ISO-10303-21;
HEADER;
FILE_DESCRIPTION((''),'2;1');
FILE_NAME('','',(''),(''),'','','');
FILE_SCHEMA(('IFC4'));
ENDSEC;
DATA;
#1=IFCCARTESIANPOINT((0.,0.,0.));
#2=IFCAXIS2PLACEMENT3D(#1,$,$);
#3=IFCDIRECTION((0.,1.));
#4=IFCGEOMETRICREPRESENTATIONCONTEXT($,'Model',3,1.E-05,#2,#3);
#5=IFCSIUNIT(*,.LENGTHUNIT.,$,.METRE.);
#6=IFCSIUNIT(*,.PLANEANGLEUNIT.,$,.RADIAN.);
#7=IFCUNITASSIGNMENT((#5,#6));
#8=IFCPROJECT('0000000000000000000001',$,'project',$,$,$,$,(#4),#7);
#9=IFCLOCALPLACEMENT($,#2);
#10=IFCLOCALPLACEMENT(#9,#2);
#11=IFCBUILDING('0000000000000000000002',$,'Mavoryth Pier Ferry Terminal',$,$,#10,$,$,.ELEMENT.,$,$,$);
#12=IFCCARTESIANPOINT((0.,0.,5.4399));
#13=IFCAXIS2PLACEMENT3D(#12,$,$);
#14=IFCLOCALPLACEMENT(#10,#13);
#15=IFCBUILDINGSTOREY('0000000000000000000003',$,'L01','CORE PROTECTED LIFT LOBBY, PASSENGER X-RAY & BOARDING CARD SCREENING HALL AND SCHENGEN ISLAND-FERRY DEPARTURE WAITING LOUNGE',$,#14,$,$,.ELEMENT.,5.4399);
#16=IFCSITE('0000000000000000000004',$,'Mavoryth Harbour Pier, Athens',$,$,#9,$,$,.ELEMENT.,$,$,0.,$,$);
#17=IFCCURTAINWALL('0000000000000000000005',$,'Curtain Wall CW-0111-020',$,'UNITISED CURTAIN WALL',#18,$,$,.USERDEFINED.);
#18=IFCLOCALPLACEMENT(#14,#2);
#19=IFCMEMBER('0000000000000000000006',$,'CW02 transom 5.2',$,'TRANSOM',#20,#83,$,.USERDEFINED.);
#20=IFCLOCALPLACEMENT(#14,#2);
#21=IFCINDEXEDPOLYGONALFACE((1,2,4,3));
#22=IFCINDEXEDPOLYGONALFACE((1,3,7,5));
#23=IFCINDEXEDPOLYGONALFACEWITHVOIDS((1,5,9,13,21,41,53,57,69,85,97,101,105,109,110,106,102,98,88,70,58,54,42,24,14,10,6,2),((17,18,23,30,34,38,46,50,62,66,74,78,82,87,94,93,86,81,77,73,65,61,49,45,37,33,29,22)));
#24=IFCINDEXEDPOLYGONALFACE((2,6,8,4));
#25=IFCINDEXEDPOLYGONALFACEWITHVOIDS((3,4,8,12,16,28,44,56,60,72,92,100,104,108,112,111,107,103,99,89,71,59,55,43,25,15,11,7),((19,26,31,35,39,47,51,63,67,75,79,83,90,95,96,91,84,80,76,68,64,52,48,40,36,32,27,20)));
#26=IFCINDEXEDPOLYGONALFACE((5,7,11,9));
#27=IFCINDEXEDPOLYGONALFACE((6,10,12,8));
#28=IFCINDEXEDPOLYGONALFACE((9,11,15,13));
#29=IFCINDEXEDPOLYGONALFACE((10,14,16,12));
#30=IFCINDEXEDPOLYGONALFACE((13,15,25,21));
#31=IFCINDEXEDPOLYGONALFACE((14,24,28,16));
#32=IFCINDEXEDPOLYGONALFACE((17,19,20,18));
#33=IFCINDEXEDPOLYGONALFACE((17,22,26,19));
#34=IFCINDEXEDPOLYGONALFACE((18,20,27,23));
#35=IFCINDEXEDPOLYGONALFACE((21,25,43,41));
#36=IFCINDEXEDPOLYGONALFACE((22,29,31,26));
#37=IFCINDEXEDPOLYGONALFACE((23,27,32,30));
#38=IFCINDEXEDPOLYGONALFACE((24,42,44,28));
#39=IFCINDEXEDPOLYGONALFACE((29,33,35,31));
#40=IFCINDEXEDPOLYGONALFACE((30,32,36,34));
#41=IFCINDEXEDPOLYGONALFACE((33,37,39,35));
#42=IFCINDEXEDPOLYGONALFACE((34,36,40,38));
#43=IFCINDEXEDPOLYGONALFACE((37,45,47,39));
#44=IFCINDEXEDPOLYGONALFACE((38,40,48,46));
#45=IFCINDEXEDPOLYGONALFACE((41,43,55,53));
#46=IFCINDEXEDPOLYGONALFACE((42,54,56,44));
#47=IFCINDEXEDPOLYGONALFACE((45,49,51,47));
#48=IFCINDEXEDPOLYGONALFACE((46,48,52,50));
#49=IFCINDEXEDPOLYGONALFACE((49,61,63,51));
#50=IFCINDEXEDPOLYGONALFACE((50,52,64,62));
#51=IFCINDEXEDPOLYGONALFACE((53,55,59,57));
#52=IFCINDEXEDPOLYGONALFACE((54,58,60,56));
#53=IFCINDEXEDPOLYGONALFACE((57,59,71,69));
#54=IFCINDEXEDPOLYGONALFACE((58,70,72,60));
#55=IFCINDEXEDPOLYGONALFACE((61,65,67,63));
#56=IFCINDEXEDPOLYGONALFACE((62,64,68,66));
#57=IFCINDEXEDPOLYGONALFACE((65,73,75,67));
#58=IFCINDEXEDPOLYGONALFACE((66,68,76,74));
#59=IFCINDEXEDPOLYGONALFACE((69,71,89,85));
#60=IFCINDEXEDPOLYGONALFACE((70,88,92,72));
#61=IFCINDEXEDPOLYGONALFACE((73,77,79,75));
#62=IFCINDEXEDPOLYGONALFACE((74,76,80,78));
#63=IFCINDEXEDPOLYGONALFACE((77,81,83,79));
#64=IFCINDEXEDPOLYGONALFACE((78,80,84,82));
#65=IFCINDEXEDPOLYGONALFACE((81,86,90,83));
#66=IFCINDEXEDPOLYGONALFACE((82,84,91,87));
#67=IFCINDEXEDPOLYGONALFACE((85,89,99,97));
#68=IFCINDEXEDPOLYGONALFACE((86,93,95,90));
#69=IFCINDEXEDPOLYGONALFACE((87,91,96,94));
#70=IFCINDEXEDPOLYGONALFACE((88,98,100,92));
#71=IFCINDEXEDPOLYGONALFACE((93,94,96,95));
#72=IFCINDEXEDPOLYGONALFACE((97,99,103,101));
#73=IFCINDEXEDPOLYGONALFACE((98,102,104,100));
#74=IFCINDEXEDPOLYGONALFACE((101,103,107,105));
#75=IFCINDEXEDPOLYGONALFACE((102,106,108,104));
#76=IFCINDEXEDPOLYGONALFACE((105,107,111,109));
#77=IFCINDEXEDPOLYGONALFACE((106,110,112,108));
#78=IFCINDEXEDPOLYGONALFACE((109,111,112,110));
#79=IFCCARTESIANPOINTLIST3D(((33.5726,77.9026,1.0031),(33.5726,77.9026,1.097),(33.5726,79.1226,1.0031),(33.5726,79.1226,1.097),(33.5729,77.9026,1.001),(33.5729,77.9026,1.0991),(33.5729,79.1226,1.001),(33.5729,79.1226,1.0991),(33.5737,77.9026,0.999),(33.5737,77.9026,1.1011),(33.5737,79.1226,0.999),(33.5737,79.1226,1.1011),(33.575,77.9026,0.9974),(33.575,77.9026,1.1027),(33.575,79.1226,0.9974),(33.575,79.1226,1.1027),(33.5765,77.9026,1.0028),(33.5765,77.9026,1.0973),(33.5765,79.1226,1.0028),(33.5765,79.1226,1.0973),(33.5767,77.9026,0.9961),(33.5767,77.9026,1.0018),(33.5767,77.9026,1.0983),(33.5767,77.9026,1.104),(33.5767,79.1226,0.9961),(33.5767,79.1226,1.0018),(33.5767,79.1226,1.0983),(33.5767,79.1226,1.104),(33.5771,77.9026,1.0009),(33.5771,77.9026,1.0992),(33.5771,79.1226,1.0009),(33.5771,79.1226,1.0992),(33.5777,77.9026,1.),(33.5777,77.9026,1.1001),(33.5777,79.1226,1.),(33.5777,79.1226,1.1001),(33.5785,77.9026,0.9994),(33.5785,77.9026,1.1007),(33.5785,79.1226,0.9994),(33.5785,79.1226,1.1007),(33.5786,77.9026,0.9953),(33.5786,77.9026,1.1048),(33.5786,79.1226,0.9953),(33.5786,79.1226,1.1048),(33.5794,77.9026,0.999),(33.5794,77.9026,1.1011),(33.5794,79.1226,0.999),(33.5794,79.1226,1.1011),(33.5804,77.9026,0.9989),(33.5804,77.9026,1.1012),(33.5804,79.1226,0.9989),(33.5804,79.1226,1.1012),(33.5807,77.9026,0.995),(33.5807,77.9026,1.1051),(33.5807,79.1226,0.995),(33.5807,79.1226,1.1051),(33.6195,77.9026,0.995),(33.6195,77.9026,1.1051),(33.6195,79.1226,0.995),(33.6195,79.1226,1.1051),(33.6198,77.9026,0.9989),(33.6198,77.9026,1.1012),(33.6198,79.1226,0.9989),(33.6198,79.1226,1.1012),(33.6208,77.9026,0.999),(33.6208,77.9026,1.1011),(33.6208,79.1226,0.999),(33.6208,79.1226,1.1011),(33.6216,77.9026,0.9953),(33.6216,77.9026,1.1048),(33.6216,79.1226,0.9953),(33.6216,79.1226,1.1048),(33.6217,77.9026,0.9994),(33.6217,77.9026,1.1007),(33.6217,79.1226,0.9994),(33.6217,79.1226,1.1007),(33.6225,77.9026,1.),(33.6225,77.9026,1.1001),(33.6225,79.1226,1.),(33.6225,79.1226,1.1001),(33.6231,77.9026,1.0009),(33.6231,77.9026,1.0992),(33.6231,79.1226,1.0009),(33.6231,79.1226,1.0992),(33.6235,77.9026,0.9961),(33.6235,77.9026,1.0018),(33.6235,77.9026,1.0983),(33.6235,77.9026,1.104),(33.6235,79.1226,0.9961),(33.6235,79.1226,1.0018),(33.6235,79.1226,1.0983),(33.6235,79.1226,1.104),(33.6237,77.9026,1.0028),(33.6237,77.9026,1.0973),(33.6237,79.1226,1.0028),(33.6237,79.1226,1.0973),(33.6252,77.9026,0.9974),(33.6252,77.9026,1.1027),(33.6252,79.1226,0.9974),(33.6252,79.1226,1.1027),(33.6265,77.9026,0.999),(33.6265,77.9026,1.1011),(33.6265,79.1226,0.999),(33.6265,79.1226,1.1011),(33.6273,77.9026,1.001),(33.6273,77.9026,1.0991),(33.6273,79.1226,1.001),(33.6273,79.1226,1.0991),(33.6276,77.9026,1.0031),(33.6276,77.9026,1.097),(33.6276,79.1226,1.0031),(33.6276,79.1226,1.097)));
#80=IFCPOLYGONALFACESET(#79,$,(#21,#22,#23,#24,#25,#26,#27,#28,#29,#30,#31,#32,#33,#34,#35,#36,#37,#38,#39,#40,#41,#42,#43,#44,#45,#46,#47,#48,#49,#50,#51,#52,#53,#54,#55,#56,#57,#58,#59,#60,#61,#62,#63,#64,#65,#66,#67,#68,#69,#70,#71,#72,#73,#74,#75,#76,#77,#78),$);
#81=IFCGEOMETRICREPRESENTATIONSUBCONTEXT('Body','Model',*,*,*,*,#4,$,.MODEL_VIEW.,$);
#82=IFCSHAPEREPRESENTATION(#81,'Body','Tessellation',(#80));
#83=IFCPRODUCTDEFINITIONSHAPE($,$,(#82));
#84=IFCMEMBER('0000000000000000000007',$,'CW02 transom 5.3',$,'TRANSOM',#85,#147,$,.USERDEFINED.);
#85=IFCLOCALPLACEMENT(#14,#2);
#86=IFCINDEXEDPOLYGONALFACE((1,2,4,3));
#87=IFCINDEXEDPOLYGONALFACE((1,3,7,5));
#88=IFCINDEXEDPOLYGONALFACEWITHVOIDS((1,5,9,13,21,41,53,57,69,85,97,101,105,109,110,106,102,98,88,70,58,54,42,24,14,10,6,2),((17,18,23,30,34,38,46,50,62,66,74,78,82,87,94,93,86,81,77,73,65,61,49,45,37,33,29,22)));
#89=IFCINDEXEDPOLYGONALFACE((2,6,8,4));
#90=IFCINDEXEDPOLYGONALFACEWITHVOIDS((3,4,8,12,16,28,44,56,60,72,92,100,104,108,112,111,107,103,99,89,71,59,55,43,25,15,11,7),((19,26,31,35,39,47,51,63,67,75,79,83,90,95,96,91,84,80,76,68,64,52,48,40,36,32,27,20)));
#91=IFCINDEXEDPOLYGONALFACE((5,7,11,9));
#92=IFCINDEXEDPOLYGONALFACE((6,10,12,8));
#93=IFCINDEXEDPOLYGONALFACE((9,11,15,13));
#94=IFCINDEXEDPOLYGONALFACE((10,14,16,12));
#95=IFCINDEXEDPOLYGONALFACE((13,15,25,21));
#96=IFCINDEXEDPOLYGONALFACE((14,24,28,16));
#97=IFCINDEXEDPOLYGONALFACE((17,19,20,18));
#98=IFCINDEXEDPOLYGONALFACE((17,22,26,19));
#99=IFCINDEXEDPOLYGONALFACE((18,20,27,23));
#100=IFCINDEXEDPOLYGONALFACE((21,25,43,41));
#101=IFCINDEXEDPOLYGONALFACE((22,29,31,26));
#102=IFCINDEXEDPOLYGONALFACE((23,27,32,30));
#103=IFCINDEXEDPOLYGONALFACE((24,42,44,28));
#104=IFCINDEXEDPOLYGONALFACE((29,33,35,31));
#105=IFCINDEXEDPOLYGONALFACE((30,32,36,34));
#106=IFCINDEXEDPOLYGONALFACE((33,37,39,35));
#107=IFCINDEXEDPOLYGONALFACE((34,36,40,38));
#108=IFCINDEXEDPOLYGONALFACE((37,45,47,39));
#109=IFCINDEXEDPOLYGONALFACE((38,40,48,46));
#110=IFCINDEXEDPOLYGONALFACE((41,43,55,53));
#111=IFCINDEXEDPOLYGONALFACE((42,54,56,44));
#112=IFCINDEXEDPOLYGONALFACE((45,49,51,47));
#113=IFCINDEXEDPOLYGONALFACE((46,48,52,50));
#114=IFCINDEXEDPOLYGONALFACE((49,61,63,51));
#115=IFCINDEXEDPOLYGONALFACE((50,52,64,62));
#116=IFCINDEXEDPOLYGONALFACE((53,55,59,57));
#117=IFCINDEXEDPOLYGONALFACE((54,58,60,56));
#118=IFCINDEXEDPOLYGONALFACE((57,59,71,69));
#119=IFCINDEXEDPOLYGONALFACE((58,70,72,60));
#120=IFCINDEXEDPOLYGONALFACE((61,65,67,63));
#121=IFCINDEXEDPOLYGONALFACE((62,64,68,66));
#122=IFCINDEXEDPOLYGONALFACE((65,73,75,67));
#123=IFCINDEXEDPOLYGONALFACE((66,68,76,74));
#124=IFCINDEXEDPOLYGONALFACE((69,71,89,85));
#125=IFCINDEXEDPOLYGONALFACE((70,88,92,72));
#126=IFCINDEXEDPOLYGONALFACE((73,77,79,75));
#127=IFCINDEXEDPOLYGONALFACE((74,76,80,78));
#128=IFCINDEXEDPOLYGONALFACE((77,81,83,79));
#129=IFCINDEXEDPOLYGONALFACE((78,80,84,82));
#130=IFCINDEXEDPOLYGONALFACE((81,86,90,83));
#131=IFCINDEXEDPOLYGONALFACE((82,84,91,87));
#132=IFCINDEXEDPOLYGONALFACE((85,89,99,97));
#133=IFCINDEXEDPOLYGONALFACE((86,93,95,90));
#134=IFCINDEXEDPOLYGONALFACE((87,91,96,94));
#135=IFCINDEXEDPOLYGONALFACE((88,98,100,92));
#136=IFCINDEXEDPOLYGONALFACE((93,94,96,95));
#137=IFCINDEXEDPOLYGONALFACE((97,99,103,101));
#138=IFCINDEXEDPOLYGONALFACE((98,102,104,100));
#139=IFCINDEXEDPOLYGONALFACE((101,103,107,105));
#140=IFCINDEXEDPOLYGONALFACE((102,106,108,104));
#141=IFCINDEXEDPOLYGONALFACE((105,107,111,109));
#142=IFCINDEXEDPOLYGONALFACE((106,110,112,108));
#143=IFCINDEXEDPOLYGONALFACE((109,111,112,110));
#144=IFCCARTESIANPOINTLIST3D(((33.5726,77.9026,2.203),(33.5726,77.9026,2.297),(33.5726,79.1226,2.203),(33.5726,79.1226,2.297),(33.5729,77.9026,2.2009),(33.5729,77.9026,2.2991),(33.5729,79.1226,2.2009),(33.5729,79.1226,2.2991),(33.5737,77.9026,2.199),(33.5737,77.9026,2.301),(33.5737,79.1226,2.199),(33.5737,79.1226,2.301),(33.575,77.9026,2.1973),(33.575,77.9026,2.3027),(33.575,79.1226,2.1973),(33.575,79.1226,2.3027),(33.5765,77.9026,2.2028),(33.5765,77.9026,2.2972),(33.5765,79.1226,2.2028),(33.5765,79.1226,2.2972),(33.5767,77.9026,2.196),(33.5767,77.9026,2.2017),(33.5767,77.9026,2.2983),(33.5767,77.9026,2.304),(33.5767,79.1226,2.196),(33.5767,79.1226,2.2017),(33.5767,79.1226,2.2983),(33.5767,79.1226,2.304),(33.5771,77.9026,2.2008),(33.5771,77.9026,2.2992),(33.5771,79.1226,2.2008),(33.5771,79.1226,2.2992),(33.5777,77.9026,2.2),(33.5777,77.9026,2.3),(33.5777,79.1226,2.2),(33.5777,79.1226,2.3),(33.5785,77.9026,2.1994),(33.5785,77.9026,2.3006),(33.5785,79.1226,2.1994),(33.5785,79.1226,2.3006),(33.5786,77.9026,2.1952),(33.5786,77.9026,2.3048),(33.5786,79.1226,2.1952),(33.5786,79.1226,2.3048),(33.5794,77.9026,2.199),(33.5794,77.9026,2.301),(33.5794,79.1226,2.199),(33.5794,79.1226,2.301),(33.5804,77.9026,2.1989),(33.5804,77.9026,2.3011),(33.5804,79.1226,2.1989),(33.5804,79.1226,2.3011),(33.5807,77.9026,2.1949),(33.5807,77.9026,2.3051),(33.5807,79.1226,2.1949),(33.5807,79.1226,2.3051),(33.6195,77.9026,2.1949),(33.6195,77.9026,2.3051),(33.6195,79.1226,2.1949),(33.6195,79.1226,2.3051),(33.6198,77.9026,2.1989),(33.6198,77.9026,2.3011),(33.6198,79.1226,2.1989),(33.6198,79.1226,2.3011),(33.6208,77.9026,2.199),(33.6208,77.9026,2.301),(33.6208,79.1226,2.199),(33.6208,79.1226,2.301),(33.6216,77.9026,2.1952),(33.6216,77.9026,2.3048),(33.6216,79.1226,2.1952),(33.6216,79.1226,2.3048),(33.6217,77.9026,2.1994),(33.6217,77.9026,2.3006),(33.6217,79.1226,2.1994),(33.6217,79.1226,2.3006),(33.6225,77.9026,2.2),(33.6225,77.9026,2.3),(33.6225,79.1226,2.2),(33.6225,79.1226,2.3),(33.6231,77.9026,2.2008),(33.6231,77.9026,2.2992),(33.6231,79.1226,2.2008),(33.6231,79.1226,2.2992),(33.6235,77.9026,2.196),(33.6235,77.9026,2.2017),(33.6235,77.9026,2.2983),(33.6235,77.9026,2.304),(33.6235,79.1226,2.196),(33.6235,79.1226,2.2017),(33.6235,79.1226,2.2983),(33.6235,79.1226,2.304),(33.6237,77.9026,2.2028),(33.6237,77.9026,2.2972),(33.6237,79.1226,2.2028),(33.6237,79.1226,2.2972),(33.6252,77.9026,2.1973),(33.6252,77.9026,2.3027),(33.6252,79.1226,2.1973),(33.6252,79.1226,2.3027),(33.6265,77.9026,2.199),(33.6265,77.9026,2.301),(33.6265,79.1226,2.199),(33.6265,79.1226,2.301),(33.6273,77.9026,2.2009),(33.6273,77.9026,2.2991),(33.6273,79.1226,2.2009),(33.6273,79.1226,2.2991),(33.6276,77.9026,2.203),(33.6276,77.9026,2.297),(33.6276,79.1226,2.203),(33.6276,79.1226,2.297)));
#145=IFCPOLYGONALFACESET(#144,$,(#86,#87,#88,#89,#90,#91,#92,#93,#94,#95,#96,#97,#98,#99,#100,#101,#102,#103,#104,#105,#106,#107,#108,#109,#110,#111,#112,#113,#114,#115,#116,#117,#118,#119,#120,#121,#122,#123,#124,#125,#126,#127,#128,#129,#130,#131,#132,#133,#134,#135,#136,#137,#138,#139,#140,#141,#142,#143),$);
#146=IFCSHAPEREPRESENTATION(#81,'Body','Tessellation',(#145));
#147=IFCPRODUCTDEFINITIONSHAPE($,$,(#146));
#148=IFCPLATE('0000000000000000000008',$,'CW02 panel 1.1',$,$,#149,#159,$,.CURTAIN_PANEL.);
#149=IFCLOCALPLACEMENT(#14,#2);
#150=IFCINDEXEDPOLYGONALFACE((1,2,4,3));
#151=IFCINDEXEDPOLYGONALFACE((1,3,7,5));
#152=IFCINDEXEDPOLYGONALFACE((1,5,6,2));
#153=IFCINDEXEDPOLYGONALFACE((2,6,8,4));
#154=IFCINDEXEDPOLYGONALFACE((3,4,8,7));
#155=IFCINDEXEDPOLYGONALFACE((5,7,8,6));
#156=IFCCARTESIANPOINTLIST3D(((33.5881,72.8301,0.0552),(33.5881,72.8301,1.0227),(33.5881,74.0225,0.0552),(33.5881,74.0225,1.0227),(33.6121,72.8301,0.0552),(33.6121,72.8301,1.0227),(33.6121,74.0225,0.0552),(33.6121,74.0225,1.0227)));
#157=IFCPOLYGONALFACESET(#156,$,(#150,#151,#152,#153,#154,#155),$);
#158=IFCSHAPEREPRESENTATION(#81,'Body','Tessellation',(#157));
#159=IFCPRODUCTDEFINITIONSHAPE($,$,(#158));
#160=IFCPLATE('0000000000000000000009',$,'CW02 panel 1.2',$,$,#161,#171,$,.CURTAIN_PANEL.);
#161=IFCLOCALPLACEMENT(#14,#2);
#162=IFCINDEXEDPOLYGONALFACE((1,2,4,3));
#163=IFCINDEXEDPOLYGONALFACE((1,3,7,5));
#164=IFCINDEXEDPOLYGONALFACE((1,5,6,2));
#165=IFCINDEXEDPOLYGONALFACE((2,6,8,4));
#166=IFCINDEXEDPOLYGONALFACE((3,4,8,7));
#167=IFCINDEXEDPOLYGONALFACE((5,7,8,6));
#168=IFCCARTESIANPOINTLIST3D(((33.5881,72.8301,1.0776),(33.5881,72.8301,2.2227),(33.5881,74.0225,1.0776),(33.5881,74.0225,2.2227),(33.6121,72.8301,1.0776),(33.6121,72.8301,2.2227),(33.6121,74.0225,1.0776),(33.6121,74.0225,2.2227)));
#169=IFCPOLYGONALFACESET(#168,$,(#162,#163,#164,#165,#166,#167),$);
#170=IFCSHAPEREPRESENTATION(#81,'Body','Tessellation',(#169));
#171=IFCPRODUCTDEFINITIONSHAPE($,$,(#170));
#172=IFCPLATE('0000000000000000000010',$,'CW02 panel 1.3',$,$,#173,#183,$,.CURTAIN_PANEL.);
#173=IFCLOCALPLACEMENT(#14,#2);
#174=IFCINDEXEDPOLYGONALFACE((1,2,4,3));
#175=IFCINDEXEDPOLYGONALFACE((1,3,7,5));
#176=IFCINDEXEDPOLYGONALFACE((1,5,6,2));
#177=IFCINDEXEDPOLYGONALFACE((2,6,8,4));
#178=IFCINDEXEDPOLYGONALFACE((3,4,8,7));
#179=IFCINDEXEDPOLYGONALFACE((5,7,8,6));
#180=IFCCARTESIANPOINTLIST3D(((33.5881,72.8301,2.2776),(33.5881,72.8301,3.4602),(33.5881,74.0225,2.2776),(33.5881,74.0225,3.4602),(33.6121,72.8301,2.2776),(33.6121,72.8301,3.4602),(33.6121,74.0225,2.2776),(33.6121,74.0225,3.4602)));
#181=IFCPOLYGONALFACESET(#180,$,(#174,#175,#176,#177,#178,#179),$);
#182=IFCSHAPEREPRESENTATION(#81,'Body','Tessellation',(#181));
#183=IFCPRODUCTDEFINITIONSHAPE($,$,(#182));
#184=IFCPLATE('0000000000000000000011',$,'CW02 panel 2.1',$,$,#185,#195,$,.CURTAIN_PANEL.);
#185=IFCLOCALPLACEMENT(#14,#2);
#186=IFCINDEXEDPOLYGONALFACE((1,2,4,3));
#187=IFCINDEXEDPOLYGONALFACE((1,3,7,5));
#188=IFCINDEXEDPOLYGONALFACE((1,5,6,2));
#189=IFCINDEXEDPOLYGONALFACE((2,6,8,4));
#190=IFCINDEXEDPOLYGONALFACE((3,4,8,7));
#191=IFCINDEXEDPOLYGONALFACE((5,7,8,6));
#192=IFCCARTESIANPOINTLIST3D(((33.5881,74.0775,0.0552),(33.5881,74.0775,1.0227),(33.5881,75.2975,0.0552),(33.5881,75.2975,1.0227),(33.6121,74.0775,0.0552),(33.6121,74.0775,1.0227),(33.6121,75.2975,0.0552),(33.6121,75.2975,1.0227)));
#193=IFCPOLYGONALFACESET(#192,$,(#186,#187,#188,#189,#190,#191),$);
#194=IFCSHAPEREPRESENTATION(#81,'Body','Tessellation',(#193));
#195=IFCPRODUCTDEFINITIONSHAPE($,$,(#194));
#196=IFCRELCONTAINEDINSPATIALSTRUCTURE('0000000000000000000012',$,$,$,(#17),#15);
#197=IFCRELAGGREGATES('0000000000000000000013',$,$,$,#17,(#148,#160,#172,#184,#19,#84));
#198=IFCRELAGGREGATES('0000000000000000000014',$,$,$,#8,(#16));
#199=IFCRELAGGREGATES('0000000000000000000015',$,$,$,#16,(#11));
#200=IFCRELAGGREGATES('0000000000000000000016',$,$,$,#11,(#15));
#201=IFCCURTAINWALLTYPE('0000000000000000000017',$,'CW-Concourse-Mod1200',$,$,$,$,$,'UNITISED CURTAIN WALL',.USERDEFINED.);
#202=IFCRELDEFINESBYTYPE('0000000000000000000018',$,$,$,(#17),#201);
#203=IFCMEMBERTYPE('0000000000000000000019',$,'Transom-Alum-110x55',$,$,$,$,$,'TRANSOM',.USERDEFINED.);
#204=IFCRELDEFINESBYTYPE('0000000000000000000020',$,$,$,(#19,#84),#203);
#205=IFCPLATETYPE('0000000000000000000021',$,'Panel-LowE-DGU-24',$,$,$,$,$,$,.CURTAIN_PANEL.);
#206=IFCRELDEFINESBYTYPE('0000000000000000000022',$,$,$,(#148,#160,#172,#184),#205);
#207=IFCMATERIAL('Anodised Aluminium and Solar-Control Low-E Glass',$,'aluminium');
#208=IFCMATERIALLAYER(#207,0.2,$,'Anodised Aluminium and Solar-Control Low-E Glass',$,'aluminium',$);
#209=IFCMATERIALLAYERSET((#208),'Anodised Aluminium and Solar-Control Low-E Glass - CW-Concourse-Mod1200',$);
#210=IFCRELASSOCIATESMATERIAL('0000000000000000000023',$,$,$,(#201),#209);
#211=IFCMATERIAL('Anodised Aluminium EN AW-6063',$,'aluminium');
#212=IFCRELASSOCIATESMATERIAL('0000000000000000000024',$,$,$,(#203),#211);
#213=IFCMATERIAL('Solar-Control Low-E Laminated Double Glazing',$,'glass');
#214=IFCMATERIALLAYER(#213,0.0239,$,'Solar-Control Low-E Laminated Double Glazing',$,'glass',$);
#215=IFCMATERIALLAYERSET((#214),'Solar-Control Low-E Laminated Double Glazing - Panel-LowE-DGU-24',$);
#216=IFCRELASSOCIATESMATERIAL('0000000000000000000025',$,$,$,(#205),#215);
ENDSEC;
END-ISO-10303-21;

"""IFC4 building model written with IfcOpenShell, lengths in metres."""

from ifc_helpers import new_model, si_unit, direction, frame, origin, origin_2d, place, context, subcontext, project, spatial, rectangle, hollow_rectangle, extrude, material, layer, layer_set, material_profile, profile_set, type_object, element, aggregate, save


model = new_model("IFC4")

# Units and contexts
model_context = context("Model", 3, precision=1e-05, world=origin(), true_north=direction((0.0, 1.0)))
body_context = subcontext(model_context, "Body", "Model", "MODEL_VIEW")
ifc_project = project(units=[si_unit("LENGTHUNIT", "METRE"), si_unit("PLANEANGLEUNIT", "RADIAN")], contexts=[model_context])

# Site, building, storey
site_placement = place(None, origin())
site = spatial("IfcSite", under=ifc_project, at=site_placement, Name="Mavoryth Harbour Pier, Athens", CompositionType="ELEMENT", RefElevation=0.0)
building_placement = place(site_placement, origin())
building = spatial("IfcBuilding", under=site, at=building_placement, Name="Mavoryth Pier Ferry Terminal", CompositionType="ELEMENT")
storey_placement = place(building_placement, frame((0.0, 0.0, 5.4399)))
storey = spatial("IfcBuildingStorey", under=building, at=storey_placement, Name="L01", Description="CORE PROTECTED LIFT LOBBY, PASSENGER X-RAY & BOARDING CARD SCREENING HALL AND SCHENGEN ISLAND-FERRY DEPARTURE WAITING LOUNGE", CompositionType="ELEMENT", Elevation=5.4399)

# Curtain wall, members, plates
ifc_material_1 = material(Name="Anodised Aluminium and Solar-Control Low-E Glass", Category="aluminium")
ifc_layer_1 = layer(ifc_material_1, 0.2, Name="Anodised Aluminium and Solar-Control Low-E Glass", Category="aluminium")
ifc_layer_set_1 = layer_set([ifc_layer_1], Name="Anodised Aluminium and Solar-Control Low-E Glass - CW-Concourse-Mod1200")
curtain_wall_type = type_object("IfcCurtainWallType", Name="CW-Concourse-Mod1200", ElementType="UNITISED CURTAIN WALL", PredefinedType="USERDEFINED", material=ifc_layer_set_1)
curtain_wall_placement = place(storey_placement, origin())
curtain_wall = element("IfcCurtainWall", 1, at=curtain_wall_placement, inside=storey, type_object=curtain_wall_type, Name="Curtain Wall CW-0111-020", ObjectType="UNITISED CURTAIN WALL", PredefinedType="USERDEFINED")
ifc_material_2 = material(Name="Anodised Aluminium EN AW-6063", Category="aluminium")
ifc_material_profile_1 = material_profile(ifc_material_2, hollow_rectangle(XDim=0.0549, YDim=0.1101, WallThickness=0.0039, InnerFilletRadius=0.0039, OuterFilletRadius=0.0081, at=origin_2d()), Name="AL-TRAN 110x55x4", Category="aluminium")
ifc_profile_set_1 = profile_set([ifc_material_profile_1], Name="Anodised Aluminium EN AW-6063 - AL-TRAN 110x55x4")
member_type_1 = type_object("IfcMemberType", Name="Transom-Alum-110x55", ElementType="TRANSOM", PredefinedType="USERDEFINED", material=ifc_profile_set_1)
member_1_placement = place(storey_placement, frame((33.6001, 77.9026, 1.05), z_axis=(0.0, 1.0, 0.0), x_axis=(-1.0, 0.0, 0.0)))
member_1 = element("IfcMember", 2, at=member_1_placement, type_object=member_type_1, Name="CW02 transom 5.2", ObjectType="TRANSOM", PredefinedType="USERDEFINED", context=body_context, shape_type="SweptSolid", body=[
    extrude(hollow_rectangle(XDim=0.0549, YDim=0.1101, WallThickness=0.0039, InnerFilletRadius=0.0039, OuterFilletRadius=0.0081, at=origin_2d()), origin(), (0.0, 0.0, 1.0), 1.22),
])
member_2_placement = place(storey_placement, frame((33.6001, 77.9026, 2.25), z_axis=(0.0, 1.0, 0.0), x_axis=(-1.0, 0.0, 0.0)))
member_2 = element("IfcMember", 3, at=member_2_placement, type_object=member_type_1, Name="CW02 transom 5.3", ObjectType="TRANSOM", PredefinedType="USERDEFINED", context=body_context, shape_type="SweptSolid", body=[
    extrude(hollow_rectangle(XDim=0.0549, YDim=0.1101, WallThickness=0.0039, InnerFilletRadius=0.0039, OuterFilletRadius=0.0081, at=origin_2d()), origin(), (0.0, 0.0, 1.0), 1.22),
])
ifc_material_3 = material(Name="Solar-Control Low-E Laminated Double Glazing", Category="glass")
ifc_layer_2 = layer(ifc_material_3, 0.0239, Name="Solar-Control Low-E Laminated Double Glazing", Category="glass")
ifc_layer_set_2 = layer_set([ifc_layer_2], Name="Solar-Control Low-E Laminated Double Glazing - Panel-LowE-DGU-24")
plate_type = type_object("IfcPlateType", Name="Panel-LowE-DGU-24", PredefinedType="CURTAIN_PANEL", material=ifc_layer_set_2)
plate_1_placement = place(storey_placement, frame((33.6001, 73.4263, 0.0552), z_axis=(0.0, 0.0, 1.0), x_axis=(0.0, 1.0, 0.0)))
plate_1 = element("IfcPlate", 4, at=plate_1_placement, type_object=plate_type, Name="CW02 panel 1.1", PredefinedType="CURTAIN_PANEL", context=body_context, shape_type="SweptSolid", body=[
    extrude(rectangle(XDim=1.1924, YDim=0.0239, at=origin_2d()), origin(), (0.0, 0.0, 1.0), 0.9675),
])
plate_2_placement = place(storey_placement, frame((33.6001, 73.4263, 1.0776), z_axis=(0.0, 0.0, 1.0), x_axis=(0.0, 1.0, 0.0)))
plate_2 = element("IfcPlate", 5, at=plate_2_placement, type_object=plate_type, Name="CW02 panel 1.2", PredefinedType="CURTAIN_PANEL", context=body_context, shape_type="SweptSolid", body=[
    extrude(rectangle(XDim=1.1924, YDim=0.0239, at=origin_2d()), origin(), (0.0, 0.0, 1.0), 1.145),
])
plate_3_placement = place(storey_placement, frame((33.6001, 73.4263, 2.2776), z_axis=(0.0, 0.0, 1.0), x_axis=(0.0, 1.0, 0.0)))
plate_3 = element("IfcPlate", 6, at=plate_3_placement, type_object=plate_type, Name="CW02 panel 1.3", PredefinedType="CURTAIN_PANEL", context=body_context, shape_type="SweptSolid", body=[
    extrude(rectangle(XDim=1.1924, YDim=0.0239, at=origin_2d()), origin(), (0.0, 0.0, 1.0), 1.1826),
])
plate_4_placement = place(storey_placement, frame((33.6001, 74.6875, 0.0552), z_axis=(0.0, 0.0, 1.0), x_axis=(0.0, 1.0, 0.0)))
plate_4 = element("IfcPlate", 7, at=plate_4_placement, type_object=plate_type, Name="CW02 panel 2.1", PredefinedType="CURTAIN_PANEL", context=body_context, shape_type="SweptSolid", body=[
    extrude(rectangle(XDim=1.22, YDim=0.0239, at=origin_2d()), origin(), (0.0, 0.0, 1.0), 0.9675),
])
aggregate(curtain_wall, [plate_1, plate_2, plate_3, plate_4, member_1, member_2])

save(model, "model.ifc")
